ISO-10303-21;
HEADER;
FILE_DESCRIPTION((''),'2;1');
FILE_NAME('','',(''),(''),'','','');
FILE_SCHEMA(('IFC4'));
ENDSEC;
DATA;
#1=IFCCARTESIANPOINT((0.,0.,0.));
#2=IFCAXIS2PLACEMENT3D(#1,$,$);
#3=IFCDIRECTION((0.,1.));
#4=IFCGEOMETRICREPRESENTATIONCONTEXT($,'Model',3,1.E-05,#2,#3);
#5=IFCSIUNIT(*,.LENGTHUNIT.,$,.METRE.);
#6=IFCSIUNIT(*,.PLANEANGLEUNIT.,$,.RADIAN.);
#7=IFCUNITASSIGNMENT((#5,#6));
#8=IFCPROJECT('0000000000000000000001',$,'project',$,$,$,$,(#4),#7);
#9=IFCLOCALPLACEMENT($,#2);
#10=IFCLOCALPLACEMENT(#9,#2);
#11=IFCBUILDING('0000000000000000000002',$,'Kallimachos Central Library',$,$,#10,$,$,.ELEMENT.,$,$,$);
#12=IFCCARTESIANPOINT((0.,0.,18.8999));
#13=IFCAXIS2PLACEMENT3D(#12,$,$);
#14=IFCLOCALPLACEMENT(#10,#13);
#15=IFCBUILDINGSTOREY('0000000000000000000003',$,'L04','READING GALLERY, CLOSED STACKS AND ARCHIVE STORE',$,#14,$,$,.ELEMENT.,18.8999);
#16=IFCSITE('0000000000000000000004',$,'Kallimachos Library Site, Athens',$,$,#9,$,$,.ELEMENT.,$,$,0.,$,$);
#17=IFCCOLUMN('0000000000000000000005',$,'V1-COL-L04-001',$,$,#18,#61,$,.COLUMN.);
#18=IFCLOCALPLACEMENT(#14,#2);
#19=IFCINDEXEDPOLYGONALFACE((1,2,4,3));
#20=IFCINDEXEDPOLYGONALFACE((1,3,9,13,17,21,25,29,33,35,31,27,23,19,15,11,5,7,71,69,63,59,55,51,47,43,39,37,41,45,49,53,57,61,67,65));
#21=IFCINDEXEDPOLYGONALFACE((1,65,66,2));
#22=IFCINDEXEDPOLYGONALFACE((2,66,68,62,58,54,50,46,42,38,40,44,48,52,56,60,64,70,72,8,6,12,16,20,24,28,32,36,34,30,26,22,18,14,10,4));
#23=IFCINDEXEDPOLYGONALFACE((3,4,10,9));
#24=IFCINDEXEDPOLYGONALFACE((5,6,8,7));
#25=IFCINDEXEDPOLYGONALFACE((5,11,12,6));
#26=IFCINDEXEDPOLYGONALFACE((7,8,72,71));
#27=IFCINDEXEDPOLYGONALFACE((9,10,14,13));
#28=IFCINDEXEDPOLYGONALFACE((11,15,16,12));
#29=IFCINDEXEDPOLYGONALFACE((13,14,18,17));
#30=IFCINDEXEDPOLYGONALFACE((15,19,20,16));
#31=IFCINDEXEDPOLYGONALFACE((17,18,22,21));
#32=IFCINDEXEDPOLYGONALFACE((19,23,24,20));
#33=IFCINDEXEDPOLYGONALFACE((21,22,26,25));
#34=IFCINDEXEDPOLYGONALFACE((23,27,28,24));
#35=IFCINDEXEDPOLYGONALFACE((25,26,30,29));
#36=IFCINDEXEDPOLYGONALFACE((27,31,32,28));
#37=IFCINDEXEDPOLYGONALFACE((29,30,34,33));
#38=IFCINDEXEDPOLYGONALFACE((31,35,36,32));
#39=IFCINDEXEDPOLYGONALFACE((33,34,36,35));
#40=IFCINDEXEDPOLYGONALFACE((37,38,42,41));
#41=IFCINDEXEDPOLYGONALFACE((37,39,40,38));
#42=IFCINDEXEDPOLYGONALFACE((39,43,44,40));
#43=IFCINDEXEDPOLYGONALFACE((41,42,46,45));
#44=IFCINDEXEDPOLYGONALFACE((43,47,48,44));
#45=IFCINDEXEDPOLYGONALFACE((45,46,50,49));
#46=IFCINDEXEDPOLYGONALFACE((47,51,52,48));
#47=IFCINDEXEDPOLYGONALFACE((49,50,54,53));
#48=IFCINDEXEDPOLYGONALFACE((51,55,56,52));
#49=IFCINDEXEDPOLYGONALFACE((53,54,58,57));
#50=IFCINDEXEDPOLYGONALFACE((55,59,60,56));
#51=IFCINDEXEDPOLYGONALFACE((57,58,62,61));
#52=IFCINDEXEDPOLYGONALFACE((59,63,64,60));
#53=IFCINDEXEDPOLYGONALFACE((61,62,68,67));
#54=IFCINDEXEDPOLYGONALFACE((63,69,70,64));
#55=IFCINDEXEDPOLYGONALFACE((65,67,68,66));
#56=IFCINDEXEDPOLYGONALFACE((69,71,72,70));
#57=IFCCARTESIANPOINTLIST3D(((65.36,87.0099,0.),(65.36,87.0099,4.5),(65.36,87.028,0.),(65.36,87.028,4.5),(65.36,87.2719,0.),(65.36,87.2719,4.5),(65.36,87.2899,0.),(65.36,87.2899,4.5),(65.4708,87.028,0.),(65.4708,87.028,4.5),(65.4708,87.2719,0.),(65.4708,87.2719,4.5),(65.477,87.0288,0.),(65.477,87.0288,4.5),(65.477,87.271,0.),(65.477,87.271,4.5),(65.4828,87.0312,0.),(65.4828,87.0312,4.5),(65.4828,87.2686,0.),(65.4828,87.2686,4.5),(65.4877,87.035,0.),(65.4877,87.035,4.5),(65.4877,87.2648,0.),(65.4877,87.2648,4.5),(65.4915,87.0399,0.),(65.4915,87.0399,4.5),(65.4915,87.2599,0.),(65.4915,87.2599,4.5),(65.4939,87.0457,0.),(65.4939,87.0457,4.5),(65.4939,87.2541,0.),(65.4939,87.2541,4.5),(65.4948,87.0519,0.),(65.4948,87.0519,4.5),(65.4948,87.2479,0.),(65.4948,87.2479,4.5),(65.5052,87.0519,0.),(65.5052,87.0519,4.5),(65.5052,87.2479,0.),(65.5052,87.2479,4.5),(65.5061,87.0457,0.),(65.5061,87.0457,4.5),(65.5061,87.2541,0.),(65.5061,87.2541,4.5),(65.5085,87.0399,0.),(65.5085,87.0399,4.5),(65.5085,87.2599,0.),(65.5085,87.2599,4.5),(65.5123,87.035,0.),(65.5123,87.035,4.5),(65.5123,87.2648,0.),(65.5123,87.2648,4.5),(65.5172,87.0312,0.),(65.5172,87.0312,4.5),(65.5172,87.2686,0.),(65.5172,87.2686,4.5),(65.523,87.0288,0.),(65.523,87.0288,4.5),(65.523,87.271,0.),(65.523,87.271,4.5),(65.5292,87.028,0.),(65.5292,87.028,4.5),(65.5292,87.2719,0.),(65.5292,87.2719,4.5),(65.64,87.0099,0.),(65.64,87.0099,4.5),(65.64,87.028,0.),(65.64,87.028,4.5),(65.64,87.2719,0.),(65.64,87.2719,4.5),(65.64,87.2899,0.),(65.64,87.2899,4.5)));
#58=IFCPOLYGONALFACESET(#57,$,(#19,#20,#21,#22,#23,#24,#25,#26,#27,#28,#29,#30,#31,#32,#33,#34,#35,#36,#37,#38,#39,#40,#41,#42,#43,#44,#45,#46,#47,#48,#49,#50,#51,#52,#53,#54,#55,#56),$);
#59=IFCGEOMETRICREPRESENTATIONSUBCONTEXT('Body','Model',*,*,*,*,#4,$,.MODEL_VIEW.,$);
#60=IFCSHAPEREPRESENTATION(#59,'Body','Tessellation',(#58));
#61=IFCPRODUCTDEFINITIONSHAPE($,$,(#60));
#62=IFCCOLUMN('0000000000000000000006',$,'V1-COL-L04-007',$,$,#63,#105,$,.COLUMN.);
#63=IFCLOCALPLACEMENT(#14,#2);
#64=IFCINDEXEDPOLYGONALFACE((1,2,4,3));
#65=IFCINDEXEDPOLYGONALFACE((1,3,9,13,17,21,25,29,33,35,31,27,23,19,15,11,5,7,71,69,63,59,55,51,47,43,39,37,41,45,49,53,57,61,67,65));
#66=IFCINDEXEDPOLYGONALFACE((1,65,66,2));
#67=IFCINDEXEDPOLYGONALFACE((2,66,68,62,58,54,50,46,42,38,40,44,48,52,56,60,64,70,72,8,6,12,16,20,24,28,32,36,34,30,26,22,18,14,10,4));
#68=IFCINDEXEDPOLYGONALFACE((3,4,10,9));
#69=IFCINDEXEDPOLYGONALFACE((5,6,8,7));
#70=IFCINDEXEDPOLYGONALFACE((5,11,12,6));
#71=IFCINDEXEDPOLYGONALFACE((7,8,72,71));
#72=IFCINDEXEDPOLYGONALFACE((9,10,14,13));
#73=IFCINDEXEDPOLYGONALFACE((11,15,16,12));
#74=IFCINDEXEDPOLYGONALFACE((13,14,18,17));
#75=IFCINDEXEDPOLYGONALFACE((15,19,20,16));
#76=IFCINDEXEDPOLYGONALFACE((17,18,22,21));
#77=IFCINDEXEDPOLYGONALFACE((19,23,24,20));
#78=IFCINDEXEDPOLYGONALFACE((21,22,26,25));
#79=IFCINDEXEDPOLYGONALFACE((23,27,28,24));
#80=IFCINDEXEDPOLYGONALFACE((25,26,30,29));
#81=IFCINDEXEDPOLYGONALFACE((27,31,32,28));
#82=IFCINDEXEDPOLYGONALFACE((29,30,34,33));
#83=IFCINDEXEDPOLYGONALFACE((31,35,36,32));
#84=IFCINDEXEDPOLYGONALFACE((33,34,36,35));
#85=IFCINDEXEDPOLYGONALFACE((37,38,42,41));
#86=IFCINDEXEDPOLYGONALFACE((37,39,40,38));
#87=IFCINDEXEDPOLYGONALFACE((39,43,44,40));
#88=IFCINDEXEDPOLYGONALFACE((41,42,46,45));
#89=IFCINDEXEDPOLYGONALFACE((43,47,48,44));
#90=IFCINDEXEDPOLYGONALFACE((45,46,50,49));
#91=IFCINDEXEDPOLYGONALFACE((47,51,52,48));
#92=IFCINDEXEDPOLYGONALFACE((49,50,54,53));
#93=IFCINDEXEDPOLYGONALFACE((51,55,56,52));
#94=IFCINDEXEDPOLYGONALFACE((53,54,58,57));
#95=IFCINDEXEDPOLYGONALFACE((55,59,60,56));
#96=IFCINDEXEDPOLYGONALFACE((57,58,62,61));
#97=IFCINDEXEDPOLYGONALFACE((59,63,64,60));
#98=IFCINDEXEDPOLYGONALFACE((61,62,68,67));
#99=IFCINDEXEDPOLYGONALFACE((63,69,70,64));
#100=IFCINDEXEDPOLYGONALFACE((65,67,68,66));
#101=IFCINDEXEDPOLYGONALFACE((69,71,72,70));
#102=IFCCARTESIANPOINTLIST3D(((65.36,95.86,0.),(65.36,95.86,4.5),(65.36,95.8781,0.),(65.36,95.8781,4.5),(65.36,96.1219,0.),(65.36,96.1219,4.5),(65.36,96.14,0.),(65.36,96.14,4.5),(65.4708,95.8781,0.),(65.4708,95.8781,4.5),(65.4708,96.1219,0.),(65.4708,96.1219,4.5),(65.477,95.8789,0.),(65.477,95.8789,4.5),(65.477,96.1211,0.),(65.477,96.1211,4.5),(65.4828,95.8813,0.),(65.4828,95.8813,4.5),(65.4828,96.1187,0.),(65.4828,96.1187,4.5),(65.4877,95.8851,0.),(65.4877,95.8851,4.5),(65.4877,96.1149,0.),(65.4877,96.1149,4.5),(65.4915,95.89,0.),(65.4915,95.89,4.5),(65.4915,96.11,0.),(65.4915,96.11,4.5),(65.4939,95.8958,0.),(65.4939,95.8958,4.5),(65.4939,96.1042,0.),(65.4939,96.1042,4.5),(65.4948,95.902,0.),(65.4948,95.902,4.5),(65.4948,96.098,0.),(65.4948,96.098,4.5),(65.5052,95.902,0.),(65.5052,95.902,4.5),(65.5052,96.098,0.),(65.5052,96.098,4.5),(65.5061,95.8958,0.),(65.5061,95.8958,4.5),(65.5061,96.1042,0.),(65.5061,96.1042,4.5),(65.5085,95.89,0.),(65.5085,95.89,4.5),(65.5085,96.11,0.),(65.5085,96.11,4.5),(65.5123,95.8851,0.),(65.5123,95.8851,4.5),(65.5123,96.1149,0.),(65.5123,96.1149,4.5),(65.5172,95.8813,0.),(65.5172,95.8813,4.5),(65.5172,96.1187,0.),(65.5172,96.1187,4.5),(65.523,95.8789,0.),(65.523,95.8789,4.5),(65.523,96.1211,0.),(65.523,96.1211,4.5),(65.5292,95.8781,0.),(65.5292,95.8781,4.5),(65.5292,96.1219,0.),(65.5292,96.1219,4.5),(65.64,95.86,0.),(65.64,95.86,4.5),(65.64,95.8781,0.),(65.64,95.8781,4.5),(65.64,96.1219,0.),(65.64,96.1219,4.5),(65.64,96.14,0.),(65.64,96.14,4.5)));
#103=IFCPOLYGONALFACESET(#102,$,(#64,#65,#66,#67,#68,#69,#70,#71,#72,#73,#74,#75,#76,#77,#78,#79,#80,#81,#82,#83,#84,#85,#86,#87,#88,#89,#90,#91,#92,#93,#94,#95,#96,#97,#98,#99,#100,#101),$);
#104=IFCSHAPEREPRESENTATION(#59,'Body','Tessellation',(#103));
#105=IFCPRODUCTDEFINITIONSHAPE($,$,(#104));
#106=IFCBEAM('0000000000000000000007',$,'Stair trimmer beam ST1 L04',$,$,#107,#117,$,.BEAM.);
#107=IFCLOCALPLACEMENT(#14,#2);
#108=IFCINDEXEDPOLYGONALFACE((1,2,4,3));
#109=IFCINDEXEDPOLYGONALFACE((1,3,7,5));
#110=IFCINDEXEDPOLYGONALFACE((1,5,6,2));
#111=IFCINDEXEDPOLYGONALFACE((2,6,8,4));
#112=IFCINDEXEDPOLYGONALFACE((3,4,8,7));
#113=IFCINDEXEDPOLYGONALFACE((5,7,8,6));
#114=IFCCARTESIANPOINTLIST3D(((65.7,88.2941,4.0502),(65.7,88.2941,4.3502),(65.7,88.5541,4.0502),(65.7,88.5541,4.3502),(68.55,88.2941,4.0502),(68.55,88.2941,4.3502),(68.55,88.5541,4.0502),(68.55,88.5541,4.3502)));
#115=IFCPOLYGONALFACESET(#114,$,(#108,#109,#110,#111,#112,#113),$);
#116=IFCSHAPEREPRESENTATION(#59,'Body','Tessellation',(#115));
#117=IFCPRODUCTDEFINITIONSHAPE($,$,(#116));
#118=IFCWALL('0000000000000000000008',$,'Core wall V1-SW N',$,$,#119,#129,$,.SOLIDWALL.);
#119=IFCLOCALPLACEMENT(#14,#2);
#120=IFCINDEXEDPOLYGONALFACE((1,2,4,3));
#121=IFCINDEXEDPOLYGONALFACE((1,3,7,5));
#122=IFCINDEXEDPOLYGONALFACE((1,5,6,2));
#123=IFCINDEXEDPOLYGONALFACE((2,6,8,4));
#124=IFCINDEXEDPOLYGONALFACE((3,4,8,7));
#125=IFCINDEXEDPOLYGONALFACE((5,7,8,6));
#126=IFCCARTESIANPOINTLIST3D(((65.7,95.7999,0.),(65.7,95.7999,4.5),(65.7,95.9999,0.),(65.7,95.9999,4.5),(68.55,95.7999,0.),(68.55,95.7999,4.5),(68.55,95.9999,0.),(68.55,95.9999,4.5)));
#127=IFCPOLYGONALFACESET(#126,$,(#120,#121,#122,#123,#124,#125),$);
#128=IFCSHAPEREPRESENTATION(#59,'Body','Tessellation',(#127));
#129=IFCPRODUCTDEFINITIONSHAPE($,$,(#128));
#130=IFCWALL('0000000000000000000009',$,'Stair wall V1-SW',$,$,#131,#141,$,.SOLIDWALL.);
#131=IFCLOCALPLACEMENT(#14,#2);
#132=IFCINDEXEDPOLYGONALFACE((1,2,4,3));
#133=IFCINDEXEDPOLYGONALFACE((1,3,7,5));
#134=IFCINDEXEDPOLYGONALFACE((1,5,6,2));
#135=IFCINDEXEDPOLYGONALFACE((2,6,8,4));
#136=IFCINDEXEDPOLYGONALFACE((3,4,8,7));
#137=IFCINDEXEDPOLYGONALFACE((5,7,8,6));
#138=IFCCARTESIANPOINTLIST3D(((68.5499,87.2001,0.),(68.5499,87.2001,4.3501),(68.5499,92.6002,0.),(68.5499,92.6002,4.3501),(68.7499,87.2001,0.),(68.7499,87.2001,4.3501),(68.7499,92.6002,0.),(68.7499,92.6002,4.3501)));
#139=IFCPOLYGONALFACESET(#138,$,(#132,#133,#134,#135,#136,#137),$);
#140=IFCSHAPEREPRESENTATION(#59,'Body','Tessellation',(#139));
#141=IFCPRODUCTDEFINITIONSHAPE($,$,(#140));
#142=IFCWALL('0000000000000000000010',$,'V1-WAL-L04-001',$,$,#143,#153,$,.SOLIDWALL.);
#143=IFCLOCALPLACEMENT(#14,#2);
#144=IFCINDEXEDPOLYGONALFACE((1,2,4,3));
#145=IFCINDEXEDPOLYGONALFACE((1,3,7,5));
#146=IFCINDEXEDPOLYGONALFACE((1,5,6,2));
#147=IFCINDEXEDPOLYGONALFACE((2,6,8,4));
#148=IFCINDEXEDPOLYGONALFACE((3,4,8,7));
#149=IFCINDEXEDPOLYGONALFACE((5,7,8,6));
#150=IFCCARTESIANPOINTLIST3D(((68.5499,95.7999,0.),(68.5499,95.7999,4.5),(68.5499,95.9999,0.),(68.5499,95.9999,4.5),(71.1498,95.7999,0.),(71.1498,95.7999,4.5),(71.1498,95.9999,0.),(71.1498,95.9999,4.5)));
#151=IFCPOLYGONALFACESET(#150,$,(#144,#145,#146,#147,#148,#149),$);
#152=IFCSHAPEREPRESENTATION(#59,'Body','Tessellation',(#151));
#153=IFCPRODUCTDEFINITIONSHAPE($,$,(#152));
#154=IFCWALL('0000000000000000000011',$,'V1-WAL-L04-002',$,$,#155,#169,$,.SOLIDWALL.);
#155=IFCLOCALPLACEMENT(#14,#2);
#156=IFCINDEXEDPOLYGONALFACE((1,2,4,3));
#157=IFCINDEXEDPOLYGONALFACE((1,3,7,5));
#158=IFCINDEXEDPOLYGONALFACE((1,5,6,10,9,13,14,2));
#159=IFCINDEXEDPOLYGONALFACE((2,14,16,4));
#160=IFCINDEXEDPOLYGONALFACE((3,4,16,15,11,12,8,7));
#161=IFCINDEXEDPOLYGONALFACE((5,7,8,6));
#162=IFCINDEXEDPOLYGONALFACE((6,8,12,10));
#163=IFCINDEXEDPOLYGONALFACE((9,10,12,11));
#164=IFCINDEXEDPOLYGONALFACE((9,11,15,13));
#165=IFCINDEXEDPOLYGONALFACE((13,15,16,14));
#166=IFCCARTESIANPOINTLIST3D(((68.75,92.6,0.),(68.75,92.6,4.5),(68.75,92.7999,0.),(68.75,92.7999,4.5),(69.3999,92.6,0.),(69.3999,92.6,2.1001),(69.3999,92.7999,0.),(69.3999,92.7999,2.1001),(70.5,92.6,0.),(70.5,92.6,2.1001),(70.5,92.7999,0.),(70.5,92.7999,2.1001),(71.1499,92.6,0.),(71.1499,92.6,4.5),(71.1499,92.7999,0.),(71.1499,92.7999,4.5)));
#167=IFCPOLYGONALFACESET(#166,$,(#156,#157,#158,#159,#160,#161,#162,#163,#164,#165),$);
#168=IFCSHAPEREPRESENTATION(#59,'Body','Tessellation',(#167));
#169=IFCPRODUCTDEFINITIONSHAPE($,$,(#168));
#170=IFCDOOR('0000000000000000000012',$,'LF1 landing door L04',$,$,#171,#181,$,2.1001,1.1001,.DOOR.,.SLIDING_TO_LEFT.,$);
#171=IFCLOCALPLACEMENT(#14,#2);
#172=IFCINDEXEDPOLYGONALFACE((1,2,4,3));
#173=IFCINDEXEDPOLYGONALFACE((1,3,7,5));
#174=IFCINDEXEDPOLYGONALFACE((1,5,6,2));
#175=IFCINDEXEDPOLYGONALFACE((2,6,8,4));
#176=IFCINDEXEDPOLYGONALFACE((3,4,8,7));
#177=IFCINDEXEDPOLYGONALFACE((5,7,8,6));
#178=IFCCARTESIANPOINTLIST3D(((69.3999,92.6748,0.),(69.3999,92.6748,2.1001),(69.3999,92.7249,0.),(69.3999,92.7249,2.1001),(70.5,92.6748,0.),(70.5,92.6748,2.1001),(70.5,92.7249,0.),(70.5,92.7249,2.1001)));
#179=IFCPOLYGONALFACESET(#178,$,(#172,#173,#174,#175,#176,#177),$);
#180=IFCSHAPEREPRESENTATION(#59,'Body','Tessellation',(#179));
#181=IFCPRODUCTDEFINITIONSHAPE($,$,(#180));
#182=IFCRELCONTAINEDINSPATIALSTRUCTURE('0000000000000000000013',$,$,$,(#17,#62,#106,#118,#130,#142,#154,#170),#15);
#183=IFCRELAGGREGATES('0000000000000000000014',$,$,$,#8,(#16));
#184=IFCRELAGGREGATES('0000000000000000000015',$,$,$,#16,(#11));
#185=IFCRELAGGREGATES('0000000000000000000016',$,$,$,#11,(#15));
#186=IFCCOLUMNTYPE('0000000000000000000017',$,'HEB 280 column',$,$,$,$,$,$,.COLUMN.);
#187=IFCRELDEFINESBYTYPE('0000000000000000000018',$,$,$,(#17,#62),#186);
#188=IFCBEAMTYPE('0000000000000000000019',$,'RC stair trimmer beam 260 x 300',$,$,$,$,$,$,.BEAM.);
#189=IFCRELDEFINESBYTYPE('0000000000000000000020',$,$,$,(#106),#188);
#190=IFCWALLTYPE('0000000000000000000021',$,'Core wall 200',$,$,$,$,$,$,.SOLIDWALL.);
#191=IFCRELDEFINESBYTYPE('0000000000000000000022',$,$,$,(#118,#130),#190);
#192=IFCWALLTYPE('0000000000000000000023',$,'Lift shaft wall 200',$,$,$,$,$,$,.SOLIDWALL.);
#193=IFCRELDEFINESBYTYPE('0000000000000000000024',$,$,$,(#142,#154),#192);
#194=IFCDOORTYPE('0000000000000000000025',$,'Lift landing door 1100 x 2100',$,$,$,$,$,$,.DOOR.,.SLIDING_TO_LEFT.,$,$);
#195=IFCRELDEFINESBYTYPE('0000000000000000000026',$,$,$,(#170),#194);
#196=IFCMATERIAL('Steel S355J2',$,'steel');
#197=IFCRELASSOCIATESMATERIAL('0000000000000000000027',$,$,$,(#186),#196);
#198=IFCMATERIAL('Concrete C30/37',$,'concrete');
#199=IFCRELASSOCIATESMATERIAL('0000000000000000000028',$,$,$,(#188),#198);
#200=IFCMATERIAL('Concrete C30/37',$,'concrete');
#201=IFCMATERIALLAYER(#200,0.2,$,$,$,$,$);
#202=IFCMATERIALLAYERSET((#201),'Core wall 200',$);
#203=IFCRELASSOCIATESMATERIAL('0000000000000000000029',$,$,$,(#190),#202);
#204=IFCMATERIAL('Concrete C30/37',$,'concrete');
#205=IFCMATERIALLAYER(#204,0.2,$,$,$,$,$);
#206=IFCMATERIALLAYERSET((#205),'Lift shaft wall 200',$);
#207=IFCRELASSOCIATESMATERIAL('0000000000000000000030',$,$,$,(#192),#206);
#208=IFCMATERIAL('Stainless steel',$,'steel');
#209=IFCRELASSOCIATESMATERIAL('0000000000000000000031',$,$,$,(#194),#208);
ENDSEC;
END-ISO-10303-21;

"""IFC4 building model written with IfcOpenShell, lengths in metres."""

from ifc_helpers import new_model, si_unit, direction, frame, frame_2d, origin, origin_2d, place, context, subcontext, project, spatial, rectangle, i_section, extrude, material, layer, layer_set, material_profile, profile_set, type_object, element, fill, save


model = new_model("IFC4")

# Units and contexts
model_context = context("Model", 3, precision=1e-05, world=origin(), true_north=direction((0.0, 1.0)))
body_context = subcontext(model_context, "Body", "Model", "MODEL_VIEW")
ifc_project = project(units=[si_unit("LENGTHUNIT", "METRE"), si_unit("PLANEANGLEUNIT", "RADIAN")], contexts=[model_context])

# Site, building, storey
site_placement = place(None, origin())
site = spatial("IfcSite", under=ifc_project, at=site_placement, Name="Kallimachos Library Site, Athens", CompositionType="ELEMENT", RefElevation=0.0)
building_placement = place(site_placement, origin())
building = spatial("IfcBuilding", under=site, at=building_placement, Name="Kallimachos Central Library", CompositionType="ELEMENT")
storey_placement = place(building_placement, frame((0.0, 0.0, 18.8999)))
storey = spatial("IfcBuildingStorey", under=building, at=storey_placement, Name="L04", Description="READING GALLERY, CLOSED STACKS AND ARCHIVE STORE", CompositionType="ELEMENT", Elevation=18.8999)

# Columns
ifc_material_1 = material(Name="Steel S355J2", Category="steel")
ifc_material_profile_1 = material_profile(ifc_material_1, i_section(OverallWidth=0.28, OverallDepth=0.28, WebThickness=0.0105, FlangeThickness=0.0181, FilletRadius=0.0239, at=origin_2d()), Name="HEB 280")
ifc_profile_set_1 = profile_set([ifc_material_profile_1], Name="Steel S355J2")
column_type = type_object("IfcColumnType", Name="HEB 280 column", PredefinedType="COLUMN", material=ifc_profile_set_1)
for number, where, z_axis, x_axis, name in (
    (1, (65.5, 87.1499, 0.0), (0.0, 0.0, 1.0), (1.0, 0.0, 0.0), "V1-COL-L04-001"),
    (2, (65.5, 96.0, 0.0), (0.0, 0.0, 1.0), (1.0, 0.0, 0.0), "V1-COL-L04-007"),
):
    element("IfcColumn", number, at=place(storey_placement, frame(where, z_axis=z_axis, x_axis=x_axis)), inside=storey, type_object=column_type, Name=name, PredefinedType="COLUMN", context=body_context, shape_type="SweptSolid", body=[
        extrude(i_section(OverallWidth=0.28, OverallDepth=0.28, WebThickness=0.0105, FlangeThickness=0.0181, FilletRadius=0.0239, at=origin_2d()), origin(), (0.0, 0.0, 1.0), 4.5),
    ])

# Beam
ifc_material_2 = material(Name="Concrete C30/37", Category="concrete")
ifc_material_profile_2 = material_profile(ifc_material_2, rectangle(XDim=0.26, YDim=0.3, at=origin_2d()), Name="RC stair trimmer beam 260 x 300")
ifc_profile_set_2 = profile_set([ifc_material_profile_2], Name="Concrete C30/37")
beam_type = type_object("IfcBeamType", Name="RC stair trimmer beam 260 x 300", PredefinedType="BEAM", material=ifc_profile_set_2)
beam_placement = place(storey_placement, frame((68.55, 88.4241, 4.2002), z_axis=(-1.0, 0.0, 0.0), x_axis=(0.0, -1.0, 0.0)))
element("IfcBeam", 3, at=beam_placement, inside=storey, type_object=beam_type, Name="Stair trimmer beam ST1 L04", PredefinedType="BEAM", context=body_context, shape_type="SweptSolid", body=[
    extrude(rectangle(XDim=0.26, YDim=0.3, at=origin_2d()), origin(), (0.0, 0.0, 1.0), 2.8501),
])

# Walls
ifc_material_3 = material(Name="Concrete C30/37", Category="concrete")
ifc_layer_1 = layer(ifc_material_3, 0.2)
ifc_layer_set_1 = layer_set([ifc_layer_1], Name="Core wall 200")
wall_type_1 = type_object("IfcWallType", Name="Core wall 200", PredefinedType="SOLIDWALL", material=ifc_layer_set_1)
wall_1_placement = place(storey_placement, frame((65.7, 95.8999, 0.0), z_axis=(0.0, 0.0, 1.0), x_axis=(1.0, 0.0, 0.0)))
element("IfcWall", 4, at=wall_1_placement, inside=storey, type_object=wall_type_1, Name="Core wall V1-SW N", PredefinedType="SOLIDWALL", context=body_context, shape_type="SweptSolid", body=[
    extrude(rectangle(XDim=2.8501, YDim=0.2, at=frame_2d((1.425, 0.0))), origin(), (0.0, 0.0, 1.0), 4.5),
])
wall_2_placement = place(storey_placement, frame((68.6499, 87.2, 0.0), z_axis=(0.0, 0.0, 1.0), x_axis=(0.0, 1.0, 0.0)))
element("IfcWall", 5, at=wall_2_placement, inside=storey, type_object=wall_type_1, Name="Stair wall V1-SW", PredefinedType="SOLIDWALL", context=body_context, shape_type="SweptSolid", body=[
    extrude(rectangle(XDim=5.4001, YDim=0.2, at=frame_2d((2.7002, 0.0))), origin(), (0.0, 0.0, 1.0), 4.3501),
])
ifc_material_4 = material(Name="Concrete C30/37", Category="concrete")
ifc_layer_2 = layer(ifc_material_4, 0.2)
ifc_layer_set_2 = layer_set([ifc_layer_2], Name="Lift shaft wall 200")
wall_type_2 = type_object("IfcWallType", Name="Lift shaft wall 200", PredefinedType="SOLIDWALL", material=ifc_layer_set_2)
wall_3_placement = place(storey_placement, frame((68.55, 95.8999, 0.0), z_axis=(0.0, 0.0, 1.0), x_axis=(1.0, 0.0, 0.0)))
element("IfcWall", 6, at=wall_3_placement, inside=storey, type_object=wall_type_2, Name="V1-WAL-L04-001", PredefinedType="SOLIDWALL", context=body_context, shape_type="SweptSolid", body=[
    extrude(rectangle(XDim=2.5999, YDim=0.2, at=frame_2d((1.2998, 0.0))), origin(), (0.0, 0.0, 1.0), 4.5),
])

# Wall, opening, door
wall_4_placement = place(storey_placement, frame((68.75, 92.7, 0.0), z_axis=(0.0, 0.0, 1.0), x_axis=(1.0, 0.0, 0.0)))
wall_4 = element("IfcWall", 7, at=wall_4_placement, inside=storey, type_object=wall_type_2, Name="V1-WAL-L04-002", PredefinedType="SOLIDWALL", context=body_context, shape_type="SweptSolid", body=[
    extrude(rectangle(XDim=2.3999, YDim=0.2, at=frame_2d((1.2, 0.0))), origin(), (0.0, 0.0, 1.0), 4.5),
])
opening_1_placement = place(wall_4_placement, frame((0.6499, 0.0, 0.0)))
opening_1 = element("IfcOpeningElement", 8, at=opening_1_placement, cuts=wall_4, PredefinedType="OPENING", context=body_context, shape_type="SweptSolid", body=[
    extrude(rectangle(XDim=1.1001, YDim=2.1001, at=frame_2d((0.55, 1.05))), frame((0.0, 0.1099, 0.0), z_axis=(0.0, -1.0, 0.0), x_axis=(1.0, 0.0, 0.0)), (0.0, 0.0, 1.0), 0.22),
])
ifc_material_5 = material(Name="Stainless steel", Category="steel")
door_type = type_object("IfcDoorType", Name="Lift landing door 1100 x 2100", OperationType="SLIDING_TO_LEFT", PredefinedType="DOOR", material=ifc_material_5)
door_1_placement = place(opening_1_placement, origin())
door_1 = element("IfcDoor", 9, at=door_1_placement, inside=storey, type_object=door_type, Name="LF1 landing door L04", OperationType="SLIDING_TO_LEFT", OverallHeight=2.1001, OverallWidth=1.1001, PredefinedType="DOOR", context=body_context, shape_type="SweptSolid", body=[
    extrude(rectangle(XDim=1.1001, YDim=2.1001, at=frame_2d((0.55, 1.05))), frame((0.0, 0.0249, 0.0), z_axis=(0.0, -1.0, 0.0), x_axis=(1.0, 0.0, 0.0)), (0.0, 0.0, 1.0), 0.05),
])
fill(opening_1, door_1)

save(model, "model.ifc")
